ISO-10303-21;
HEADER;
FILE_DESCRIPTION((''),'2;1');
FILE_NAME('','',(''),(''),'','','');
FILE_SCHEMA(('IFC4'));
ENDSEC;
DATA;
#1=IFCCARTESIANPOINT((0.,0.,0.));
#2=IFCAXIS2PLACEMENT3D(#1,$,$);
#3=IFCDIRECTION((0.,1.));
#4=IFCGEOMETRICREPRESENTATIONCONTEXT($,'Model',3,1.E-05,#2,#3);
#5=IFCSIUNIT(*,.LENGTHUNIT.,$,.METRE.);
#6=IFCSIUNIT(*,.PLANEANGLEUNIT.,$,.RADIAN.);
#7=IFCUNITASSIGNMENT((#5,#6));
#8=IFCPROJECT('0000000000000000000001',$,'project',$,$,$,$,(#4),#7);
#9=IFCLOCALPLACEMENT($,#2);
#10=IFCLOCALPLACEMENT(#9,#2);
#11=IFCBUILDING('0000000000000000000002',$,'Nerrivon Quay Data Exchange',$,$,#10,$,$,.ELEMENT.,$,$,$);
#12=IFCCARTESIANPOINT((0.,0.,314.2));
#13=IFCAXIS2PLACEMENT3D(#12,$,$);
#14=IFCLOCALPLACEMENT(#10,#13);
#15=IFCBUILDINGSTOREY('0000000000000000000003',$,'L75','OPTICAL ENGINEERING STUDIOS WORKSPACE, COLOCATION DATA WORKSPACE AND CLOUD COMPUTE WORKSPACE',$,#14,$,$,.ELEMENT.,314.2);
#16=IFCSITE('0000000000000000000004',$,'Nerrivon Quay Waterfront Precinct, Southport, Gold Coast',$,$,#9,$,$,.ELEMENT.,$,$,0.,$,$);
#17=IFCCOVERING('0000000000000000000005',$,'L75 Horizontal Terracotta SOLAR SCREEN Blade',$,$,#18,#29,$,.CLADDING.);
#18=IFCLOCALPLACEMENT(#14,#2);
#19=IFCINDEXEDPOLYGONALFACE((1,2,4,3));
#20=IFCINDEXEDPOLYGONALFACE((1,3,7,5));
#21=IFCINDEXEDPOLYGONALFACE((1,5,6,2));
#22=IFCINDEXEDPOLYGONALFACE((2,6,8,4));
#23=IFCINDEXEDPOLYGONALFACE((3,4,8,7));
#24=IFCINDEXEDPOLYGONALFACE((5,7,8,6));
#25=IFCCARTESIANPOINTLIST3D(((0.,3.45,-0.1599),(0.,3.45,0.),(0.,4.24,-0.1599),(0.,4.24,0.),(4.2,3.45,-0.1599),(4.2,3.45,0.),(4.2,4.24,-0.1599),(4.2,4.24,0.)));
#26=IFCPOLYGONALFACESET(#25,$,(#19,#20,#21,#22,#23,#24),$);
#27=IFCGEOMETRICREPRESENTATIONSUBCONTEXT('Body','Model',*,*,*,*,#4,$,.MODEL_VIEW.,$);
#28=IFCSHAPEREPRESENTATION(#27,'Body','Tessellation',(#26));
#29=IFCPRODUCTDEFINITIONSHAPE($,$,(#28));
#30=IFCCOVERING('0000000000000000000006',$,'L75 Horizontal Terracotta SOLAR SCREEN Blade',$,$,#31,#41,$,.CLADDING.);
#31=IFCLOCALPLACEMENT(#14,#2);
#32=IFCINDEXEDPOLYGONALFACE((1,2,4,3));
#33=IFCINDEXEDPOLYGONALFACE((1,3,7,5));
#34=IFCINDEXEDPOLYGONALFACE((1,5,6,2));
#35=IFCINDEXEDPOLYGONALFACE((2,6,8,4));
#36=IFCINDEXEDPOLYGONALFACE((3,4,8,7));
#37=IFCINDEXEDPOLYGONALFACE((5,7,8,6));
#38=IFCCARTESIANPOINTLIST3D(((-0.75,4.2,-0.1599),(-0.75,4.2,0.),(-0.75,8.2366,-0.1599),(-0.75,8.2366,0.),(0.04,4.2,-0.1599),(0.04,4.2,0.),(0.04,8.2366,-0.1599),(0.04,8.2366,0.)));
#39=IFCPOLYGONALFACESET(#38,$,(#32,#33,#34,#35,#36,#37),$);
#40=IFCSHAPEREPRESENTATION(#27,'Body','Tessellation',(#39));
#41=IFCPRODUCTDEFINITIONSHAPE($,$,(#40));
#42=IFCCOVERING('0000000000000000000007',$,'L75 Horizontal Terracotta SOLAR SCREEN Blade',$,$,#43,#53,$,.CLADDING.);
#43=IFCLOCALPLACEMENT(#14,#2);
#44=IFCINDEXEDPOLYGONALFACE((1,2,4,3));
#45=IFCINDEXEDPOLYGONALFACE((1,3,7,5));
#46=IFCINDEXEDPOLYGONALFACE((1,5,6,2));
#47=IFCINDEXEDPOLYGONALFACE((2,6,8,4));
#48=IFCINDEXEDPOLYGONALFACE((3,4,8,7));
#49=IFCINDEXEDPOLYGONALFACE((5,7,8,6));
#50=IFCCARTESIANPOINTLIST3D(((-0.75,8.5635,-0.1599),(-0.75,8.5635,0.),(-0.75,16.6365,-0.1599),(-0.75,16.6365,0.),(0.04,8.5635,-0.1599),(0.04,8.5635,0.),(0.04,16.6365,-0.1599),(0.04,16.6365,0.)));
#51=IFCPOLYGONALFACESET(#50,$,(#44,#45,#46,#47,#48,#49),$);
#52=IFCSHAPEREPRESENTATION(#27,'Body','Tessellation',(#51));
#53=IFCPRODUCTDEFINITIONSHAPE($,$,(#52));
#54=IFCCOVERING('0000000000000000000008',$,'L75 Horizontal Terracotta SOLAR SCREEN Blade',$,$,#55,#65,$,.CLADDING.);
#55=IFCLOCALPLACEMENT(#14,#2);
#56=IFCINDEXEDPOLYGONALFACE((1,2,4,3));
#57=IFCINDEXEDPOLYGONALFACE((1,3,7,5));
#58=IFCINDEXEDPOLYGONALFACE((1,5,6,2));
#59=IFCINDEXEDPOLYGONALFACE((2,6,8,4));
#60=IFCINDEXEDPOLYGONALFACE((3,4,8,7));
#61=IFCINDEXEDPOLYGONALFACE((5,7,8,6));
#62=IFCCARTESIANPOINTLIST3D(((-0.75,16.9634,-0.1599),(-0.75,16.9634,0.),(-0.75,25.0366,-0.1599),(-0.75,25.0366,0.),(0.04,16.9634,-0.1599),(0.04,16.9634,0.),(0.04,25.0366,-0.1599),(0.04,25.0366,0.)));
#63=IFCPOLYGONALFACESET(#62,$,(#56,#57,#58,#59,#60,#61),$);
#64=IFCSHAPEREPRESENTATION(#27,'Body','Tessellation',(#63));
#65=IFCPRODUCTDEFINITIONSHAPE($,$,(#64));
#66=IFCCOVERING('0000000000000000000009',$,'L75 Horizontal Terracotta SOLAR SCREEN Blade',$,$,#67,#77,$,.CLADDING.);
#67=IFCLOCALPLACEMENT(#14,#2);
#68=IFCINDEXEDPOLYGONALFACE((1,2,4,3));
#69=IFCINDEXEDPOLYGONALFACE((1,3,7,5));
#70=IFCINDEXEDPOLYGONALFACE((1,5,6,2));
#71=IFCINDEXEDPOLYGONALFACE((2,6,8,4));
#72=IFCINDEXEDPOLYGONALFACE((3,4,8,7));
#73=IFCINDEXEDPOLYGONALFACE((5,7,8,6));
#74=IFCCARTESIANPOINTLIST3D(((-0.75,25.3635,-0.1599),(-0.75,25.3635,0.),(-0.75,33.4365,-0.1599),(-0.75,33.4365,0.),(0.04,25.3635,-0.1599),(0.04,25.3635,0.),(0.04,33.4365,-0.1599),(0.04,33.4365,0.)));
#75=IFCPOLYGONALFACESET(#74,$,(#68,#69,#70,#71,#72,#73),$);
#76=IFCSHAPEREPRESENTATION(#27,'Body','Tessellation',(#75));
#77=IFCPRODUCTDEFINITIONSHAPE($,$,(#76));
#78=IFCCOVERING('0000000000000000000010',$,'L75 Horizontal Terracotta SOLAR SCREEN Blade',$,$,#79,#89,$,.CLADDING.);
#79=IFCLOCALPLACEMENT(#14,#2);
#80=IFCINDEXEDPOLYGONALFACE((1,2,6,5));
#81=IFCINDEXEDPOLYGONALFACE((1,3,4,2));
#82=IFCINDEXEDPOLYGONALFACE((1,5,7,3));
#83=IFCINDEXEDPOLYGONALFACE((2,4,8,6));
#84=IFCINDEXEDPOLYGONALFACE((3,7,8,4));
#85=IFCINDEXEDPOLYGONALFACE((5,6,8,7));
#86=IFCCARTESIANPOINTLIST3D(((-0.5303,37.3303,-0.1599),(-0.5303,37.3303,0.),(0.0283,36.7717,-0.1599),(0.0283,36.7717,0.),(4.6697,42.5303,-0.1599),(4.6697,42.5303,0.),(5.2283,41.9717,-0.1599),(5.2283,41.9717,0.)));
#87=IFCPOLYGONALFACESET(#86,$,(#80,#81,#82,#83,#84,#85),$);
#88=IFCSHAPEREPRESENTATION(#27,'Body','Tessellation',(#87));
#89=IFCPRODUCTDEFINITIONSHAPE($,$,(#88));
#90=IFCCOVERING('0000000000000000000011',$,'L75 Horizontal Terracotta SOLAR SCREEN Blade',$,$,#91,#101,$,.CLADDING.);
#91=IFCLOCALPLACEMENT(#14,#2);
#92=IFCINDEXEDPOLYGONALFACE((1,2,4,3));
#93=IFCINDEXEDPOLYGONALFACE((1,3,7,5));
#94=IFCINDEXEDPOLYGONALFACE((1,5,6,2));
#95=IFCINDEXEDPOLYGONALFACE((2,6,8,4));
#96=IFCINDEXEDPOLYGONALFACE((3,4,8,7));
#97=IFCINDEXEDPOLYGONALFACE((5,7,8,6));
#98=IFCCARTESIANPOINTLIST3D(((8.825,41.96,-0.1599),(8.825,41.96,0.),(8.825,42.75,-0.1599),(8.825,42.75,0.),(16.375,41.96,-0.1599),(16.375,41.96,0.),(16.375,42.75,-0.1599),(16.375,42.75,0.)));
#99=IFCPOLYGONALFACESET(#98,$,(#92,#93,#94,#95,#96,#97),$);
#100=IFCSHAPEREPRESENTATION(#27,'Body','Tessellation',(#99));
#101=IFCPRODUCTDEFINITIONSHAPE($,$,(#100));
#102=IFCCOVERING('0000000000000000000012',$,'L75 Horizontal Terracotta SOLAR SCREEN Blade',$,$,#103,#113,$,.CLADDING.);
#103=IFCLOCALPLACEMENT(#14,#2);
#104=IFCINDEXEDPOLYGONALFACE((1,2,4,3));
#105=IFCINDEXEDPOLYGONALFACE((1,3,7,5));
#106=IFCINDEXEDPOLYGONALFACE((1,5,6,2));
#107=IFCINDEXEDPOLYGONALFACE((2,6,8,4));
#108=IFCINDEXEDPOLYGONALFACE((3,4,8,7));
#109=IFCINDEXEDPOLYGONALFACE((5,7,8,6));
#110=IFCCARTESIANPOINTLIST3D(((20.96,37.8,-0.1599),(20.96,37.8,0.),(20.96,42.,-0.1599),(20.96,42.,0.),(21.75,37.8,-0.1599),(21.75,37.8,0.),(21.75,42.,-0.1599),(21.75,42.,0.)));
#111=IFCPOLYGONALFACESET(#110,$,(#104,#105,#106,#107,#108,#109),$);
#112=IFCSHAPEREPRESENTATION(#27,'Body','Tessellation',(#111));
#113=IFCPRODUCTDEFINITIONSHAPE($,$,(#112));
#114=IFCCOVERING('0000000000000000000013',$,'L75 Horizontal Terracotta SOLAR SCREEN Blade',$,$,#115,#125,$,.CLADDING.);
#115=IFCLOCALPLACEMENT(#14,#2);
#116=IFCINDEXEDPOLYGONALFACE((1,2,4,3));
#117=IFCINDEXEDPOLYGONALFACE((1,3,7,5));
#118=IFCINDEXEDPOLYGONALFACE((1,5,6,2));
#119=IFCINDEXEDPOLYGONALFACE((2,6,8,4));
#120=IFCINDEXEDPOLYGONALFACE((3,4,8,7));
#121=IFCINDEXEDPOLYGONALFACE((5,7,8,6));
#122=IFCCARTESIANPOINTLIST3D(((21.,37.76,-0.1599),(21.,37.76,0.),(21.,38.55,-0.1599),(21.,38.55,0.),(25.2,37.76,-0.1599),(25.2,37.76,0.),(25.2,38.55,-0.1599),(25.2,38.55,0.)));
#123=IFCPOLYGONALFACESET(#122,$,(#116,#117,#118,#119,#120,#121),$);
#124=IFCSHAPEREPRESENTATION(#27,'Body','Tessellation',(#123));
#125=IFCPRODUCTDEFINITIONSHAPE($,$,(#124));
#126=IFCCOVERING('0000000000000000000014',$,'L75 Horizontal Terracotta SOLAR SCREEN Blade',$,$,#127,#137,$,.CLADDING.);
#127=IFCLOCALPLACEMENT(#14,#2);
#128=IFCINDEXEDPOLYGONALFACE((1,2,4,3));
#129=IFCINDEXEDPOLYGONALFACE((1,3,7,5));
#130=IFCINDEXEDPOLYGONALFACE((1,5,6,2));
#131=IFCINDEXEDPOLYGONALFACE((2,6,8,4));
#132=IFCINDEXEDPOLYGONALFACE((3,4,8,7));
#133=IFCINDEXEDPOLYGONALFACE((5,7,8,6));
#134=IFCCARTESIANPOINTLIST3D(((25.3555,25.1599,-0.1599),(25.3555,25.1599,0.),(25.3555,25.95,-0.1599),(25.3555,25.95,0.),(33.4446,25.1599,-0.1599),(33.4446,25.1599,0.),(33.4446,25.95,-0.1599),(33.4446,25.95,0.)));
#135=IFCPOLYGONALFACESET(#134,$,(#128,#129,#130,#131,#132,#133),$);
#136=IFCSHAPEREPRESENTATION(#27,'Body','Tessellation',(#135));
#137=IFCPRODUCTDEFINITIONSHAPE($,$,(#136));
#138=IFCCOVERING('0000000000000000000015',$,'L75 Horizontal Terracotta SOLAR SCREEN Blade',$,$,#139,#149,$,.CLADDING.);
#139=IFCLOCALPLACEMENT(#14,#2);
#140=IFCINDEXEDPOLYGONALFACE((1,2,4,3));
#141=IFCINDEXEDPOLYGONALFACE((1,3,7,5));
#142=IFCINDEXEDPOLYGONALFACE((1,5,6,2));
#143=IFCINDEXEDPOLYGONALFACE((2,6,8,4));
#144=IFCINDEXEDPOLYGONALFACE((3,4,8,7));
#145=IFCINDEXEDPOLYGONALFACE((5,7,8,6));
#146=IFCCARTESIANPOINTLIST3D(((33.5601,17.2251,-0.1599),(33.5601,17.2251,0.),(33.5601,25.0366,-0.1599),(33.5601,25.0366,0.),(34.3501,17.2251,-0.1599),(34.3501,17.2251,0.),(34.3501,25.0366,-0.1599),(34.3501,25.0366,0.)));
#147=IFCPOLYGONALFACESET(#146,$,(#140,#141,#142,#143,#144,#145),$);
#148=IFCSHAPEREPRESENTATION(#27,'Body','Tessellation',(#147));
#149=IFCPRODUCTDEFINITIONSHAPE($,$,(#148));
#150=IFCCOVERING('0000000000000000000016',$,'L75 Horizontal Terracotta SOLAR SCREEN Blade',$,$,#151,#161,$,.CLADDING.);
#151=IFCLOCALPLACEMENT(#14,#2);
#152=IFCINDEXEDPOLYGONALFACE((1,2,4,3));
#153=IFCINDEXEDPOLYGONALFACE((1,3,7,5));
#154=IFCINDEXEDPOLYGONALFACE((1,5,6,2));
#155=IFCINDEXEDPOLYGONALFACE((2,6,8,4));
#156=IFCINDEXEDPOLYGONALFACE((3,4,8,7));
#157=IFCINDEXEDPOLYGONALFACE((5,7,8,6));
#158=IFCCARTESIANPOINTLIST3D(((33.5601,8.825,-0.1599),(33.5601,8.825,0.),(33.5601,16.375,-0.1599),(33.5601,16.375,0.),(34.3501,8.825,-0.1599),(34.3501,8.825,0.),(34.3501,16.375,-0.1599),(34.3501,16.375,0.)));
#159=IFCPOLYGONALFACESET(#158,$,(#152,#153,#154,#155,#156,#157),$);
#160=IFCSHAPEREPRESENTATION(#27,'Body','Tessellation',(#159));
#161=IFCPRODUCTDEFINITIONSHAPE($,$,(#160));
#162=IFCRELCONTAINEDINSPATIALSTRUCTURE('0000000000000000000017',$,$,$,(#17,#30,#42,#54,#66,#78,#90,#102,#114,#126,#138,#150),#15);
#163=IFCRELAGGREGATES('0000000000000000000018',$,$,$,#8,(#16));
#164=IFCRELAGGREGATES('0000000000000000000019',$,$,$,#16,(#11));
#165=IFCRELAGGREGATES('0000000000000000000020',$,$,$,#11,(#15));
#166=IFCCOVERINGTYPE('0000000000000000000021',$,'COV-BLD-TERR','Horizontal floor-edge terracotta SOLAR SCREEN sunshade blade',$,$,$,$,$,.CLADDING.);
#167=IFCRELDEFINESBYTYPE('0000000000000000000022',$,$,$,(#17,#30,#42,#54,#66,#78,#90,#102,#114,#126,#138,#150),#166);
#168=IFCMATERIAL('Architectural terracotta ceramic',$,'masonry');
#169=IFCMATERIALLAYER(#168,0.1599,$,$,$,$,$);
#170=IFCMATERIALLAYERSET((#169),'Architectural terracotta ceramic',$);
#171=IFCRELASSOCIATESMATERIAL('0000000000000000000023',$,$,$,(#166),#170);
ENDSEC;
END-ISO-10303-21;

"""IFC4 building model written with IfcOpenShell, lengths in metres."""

from ifc_helpers import new_model, si_unit, direction, frame, origin, place, context, subcontext, project, spatial, polyline, outline, extrude, material, layer, layer_set, type_object, element, save


model = new_model("IFC4")

# Units and contexts
model_context = context("Model", 3, precision=1e-05, world=origin(), true_north=direction((0.0, 1.0)))
body_context = subcontext(model_context, "Body", "Model", "MODEL_VIEW")
ifc_project = project(units=[si_unit("LENGTHUNIT", "METRE"), si_unit("PLANEANGLEUNIT", "RADIAN")], contexts=[model_context])

# Site, building, storey
site_placement = place(None, origin())
site = spatial("IfcSite", under=ifc_project, at=site_placement, Name="Nerrivon Quay Waterfront Precinct, Southport, Gold Coast", CompositionType="ELEMENT", RefElevation=0.0)
building_placement = place(site_placement, origin())
building = spatial("IfcBuilding", under=site, at=building_placement, Name="Nerrivon Quay Data Exchange", CompositionType="ELEMENT")
storey_placement = place(building_placement, frame((0.0, 0.0, 314.2)))
storey = spatial("IfcBuildingStorey", under=building, at=storey_placement, Name="L75", Description="OPTICAL ENGINEERING STUDIOS WORKSPACE, COLOCATION DATA WORKSPACE AND CLOUD COMPUTE WORKSPACE", CompositionType="ELEMENT", Elevation=314.2)

# Coverings
ifc_material_1 = material(Name="Architectural terracotta ceramic", Category="masonry")
ifc_layer_1 = layer(ifc_material_1, 0.1599)
ifc_layer_set_1 = layer_set([ifc_layer_1], Name="Architectural terracotta ceramic")
covering_type = type_object("IfcCoveringType", Name="COV-BLD-TERR", Description="Horizontal floor-edge terracotta SOLAR SCREEN sunshade blade", PredefinedType="CLADDING", material=ifc_layer_set_1)
covering_1_placement = place(storey_placement, frame((0.0, 0.0, -0.1599)))
element("IfcCovering", 1, at=covering_1_placement, inside=storey, type_object=covering_type, Name="L75 Horizontal Terracotta SOLAR SCREEN Blade", PredefinedType="CLADDING", context=body_context, shape_type="SweptSolid", body=[
    extrude(outline(polyline([(4.2, 4.24), (0.0, 4.24), (0.0, 3.45), (4.2, 3.45), (4.2, 4.24)])), origin(), (0.0, 0.0, 1.0), 0.1599),
])
covering_2_placement = place(storey_placement, frame((0.0, 0.0, -0.1599)))
element("IfcCovering", 2, at=covering_2_placement, inside=storey, type_object=covering_type, Name="L75 Horizontal Terracotta SOLAR SCREEN Blade", PredefinedType="CLADDING", context=body_context, shape_type="SweptSolid", body=[
    extrude(outline(polyline([(0.04, 4.2), (0.04, 8.2366), (-0.75, 8.2366), (-0.75, 4.2), (0.04, 4.2)])), origin(), (0.0, 0.0, 1.0), 0.1599),
])
covering_3_placement = place(storey_placement, frame((0.0, 0.0, -0.1599)))
element("IfcCovering", 3, at=covering_3_placement, inside=storey, type_object=covering_type, Name="L75 Horizontal Terracotta SOLAR SCREEN Blade", PredefinedType="CLADDING", context=body_context, shape_type="SweptSolid", body=[
    extrude(outline(polyline([(0.04, 8.5635), (0.04, 16.6365), (-0.75, 16.6365), (-0.75, 8.5635), (0.04, 8.5635)])), origin(), (0.0, 0.0, 1.0), 0.1599),
])
covering_4_placement = place(storey_placement, frame((0.0, 0.0, -0.1599)))
element("IfcCovering", 4, at=covering_4_placement, inside=storey, type_object=covering_type, Name="L75 Horizontal Terracotta SOLAR SCREEN Blade", PredefinedType="CLADDING", context=body_context, shape_type="SweptSolid", body=[
    extrude(outline(polyline([(0.04, 16.9634), (0.04, 25.0366), (-0.75, 25.0366), (-0.75, 16.9634), (0.04, 16.9634)])), origin(), (0.0, 0.0, 1.0), 0.1599),
])
covering_5_placement = place(storey_placement, frame((0.0, 0.0, -0.1599)))
element("IfcCovering", 5, at=covering_5_placement, inside=storey, type_object=covering_type, Name="L75 Horizontal Terracotta SOLAR SCREEN Blade", PredefinedType="CLADDING", context=body_context, shape_type="SweptSolid", body=[
    extrude(outline(polyline([(0.04, 25.3635), (0.04, 33.4365), (-0.75, 33.4365), (-0.75, 25.3635), (0.04, 25.3635)])), origin(), (0.0, 0.0, 1.0), 0.1599),
])
covering_6_placement = place(storey_placement, frame((0.0, 0.0, -0.1599)))
element("IfcCovering", 6, at=covering_6_placement, inside=storey, type_object=covering_type, Name="L75 Horizontal Terracotta SOLAR SCREEN Blade", PredefinedType="CLADDING", context=body_context, shape_type="SweptSolid", body=[
    extrude(outline(polyline([(0.0283, 36.7717), (5.2283, 41.9717), (4.6697, 42.5303), (-0.5303, 37.3303), (0.0283, 36.7717)])), origin(), (0.0, 0.0, 1.0), 0.1599),
])
covering_7_placement = place(storey_placement, frame((0.0, 0.0, -0.1599)))
element("IfcCovering", 7, at=covering_7_placement, inside=storey, type_object=covering_type, Name="L75 Horizontal Terracotta SOLAR SCREEN Blade", PredefinedType="CLADDING", context=body_context, shape_type="SweptSolid", body=[
    extrude(outline(polyline([(8.825, 41.96), (16.375, 41.96), (16.375, 42.75), (8.825, 42.75), (8.825, 41.96)])), origin(), (0.0, 0.0, 1.0), 0.1599),
])
covering_8_placement = place(storey_placement, frame((0.0, 0.0, -0.1599)))
element("IfcCovering", 8, at=covering_8_placement, inside=storey, type_object=covering_type, Name="L75 Horizontal Terracotta SOLAR SCREEN Blade", PredefinedType="CLADDING", context=body_context, shape_type="SweptSolid", body=[
    extrude(outline(polyline([(20.96, 42.0), (20.96, 37.8), (21.75, 37.8), (21.75, 42.0), (20.96, 42.0)])), origin(), (0.0, 0.0, 1.0), 0.1599),
])
covering_9_placement = place(storey_placement, frame((0.0, 0.0, -0.1599)))
element("IfcCovering", 9, at=covering_9_placement, inside=storey, type_object=covering_type, Name="L75 Horizontal Terracotta SOLAR SCREEN Blade", PredefinedType="CLADDING", context=body_context, shape_type="SweptSolid", body=[
    extrude(outline(polyline([(21.0, 37.76), (25.2, 37.76), (25.2, 38.55), (21.0, 38.55), (21.0, 37.76)])), origin(), (0.0, 0.0, 1.0), 0.1599),
])
covering_10_placement = place(storey_placement, frame((0.0, 0.0, -0.1599)))
element("IfcCovering", 10, at=covering_10_placement, inside=storey, type_object=covering_type, Name="L75 Horizontal Terracotta SOLAR SCREEN Blade", PredefinedType="CLADDING", context=body_context, shape_type="SweptSolid", body=[
    extrude(outline(polyline([(25.3555, 25.1599), (33.4446, 25.1599), (33.4446, 25.95), (25.3555, 25.95), (25.3555, 25.1599)])), origin(), (0.0, 0.0, 1.0), 0.1599),
])
covering_11_placement = place(storey_placement, frame((0.0, 0.0, -0.1599)))
element("IfcCovering", 11, at=covering_11_placement, inside=storey, type_object=covering_type, Name="L75 Horizontal Terracotta SOLAR SCREEN Blade", PredefinedType="CLADDING", context=body_context, shape_type="SweptSolid", body=[
    extrude(outline(polyline([(33.5601, 25.0366), (33.5601, 17.2251), (34.3501, 17.2251), (34.3501, 25.0366), (33.5601, 25.0366)])), origin(), (0.0, 0.0, 1.0), 0.1599),
])
covering_12_placement = place(storey_placement, frame((0.0, 0.0, -0.1599)))
element("IfcCovering", 12, at=covering_12_placement, inside=storey, type_object=covering_type, Name="L75 Horizontal Terracotta SOLAR SCREEN Blade", PredefinedType="CLADDING", context=body_context, shape_type="SweptSolid", body=[
    extrude(outline(polyline([(33.5601, 16.375), (33.5601, 8.825), (34.3501, 8.825), (34.3501, 16.375), (33.5601, 16.375)])), origin(), (0.0, 0.0, 1.0), 0.1599),
])

save(model, "model.ifc")
